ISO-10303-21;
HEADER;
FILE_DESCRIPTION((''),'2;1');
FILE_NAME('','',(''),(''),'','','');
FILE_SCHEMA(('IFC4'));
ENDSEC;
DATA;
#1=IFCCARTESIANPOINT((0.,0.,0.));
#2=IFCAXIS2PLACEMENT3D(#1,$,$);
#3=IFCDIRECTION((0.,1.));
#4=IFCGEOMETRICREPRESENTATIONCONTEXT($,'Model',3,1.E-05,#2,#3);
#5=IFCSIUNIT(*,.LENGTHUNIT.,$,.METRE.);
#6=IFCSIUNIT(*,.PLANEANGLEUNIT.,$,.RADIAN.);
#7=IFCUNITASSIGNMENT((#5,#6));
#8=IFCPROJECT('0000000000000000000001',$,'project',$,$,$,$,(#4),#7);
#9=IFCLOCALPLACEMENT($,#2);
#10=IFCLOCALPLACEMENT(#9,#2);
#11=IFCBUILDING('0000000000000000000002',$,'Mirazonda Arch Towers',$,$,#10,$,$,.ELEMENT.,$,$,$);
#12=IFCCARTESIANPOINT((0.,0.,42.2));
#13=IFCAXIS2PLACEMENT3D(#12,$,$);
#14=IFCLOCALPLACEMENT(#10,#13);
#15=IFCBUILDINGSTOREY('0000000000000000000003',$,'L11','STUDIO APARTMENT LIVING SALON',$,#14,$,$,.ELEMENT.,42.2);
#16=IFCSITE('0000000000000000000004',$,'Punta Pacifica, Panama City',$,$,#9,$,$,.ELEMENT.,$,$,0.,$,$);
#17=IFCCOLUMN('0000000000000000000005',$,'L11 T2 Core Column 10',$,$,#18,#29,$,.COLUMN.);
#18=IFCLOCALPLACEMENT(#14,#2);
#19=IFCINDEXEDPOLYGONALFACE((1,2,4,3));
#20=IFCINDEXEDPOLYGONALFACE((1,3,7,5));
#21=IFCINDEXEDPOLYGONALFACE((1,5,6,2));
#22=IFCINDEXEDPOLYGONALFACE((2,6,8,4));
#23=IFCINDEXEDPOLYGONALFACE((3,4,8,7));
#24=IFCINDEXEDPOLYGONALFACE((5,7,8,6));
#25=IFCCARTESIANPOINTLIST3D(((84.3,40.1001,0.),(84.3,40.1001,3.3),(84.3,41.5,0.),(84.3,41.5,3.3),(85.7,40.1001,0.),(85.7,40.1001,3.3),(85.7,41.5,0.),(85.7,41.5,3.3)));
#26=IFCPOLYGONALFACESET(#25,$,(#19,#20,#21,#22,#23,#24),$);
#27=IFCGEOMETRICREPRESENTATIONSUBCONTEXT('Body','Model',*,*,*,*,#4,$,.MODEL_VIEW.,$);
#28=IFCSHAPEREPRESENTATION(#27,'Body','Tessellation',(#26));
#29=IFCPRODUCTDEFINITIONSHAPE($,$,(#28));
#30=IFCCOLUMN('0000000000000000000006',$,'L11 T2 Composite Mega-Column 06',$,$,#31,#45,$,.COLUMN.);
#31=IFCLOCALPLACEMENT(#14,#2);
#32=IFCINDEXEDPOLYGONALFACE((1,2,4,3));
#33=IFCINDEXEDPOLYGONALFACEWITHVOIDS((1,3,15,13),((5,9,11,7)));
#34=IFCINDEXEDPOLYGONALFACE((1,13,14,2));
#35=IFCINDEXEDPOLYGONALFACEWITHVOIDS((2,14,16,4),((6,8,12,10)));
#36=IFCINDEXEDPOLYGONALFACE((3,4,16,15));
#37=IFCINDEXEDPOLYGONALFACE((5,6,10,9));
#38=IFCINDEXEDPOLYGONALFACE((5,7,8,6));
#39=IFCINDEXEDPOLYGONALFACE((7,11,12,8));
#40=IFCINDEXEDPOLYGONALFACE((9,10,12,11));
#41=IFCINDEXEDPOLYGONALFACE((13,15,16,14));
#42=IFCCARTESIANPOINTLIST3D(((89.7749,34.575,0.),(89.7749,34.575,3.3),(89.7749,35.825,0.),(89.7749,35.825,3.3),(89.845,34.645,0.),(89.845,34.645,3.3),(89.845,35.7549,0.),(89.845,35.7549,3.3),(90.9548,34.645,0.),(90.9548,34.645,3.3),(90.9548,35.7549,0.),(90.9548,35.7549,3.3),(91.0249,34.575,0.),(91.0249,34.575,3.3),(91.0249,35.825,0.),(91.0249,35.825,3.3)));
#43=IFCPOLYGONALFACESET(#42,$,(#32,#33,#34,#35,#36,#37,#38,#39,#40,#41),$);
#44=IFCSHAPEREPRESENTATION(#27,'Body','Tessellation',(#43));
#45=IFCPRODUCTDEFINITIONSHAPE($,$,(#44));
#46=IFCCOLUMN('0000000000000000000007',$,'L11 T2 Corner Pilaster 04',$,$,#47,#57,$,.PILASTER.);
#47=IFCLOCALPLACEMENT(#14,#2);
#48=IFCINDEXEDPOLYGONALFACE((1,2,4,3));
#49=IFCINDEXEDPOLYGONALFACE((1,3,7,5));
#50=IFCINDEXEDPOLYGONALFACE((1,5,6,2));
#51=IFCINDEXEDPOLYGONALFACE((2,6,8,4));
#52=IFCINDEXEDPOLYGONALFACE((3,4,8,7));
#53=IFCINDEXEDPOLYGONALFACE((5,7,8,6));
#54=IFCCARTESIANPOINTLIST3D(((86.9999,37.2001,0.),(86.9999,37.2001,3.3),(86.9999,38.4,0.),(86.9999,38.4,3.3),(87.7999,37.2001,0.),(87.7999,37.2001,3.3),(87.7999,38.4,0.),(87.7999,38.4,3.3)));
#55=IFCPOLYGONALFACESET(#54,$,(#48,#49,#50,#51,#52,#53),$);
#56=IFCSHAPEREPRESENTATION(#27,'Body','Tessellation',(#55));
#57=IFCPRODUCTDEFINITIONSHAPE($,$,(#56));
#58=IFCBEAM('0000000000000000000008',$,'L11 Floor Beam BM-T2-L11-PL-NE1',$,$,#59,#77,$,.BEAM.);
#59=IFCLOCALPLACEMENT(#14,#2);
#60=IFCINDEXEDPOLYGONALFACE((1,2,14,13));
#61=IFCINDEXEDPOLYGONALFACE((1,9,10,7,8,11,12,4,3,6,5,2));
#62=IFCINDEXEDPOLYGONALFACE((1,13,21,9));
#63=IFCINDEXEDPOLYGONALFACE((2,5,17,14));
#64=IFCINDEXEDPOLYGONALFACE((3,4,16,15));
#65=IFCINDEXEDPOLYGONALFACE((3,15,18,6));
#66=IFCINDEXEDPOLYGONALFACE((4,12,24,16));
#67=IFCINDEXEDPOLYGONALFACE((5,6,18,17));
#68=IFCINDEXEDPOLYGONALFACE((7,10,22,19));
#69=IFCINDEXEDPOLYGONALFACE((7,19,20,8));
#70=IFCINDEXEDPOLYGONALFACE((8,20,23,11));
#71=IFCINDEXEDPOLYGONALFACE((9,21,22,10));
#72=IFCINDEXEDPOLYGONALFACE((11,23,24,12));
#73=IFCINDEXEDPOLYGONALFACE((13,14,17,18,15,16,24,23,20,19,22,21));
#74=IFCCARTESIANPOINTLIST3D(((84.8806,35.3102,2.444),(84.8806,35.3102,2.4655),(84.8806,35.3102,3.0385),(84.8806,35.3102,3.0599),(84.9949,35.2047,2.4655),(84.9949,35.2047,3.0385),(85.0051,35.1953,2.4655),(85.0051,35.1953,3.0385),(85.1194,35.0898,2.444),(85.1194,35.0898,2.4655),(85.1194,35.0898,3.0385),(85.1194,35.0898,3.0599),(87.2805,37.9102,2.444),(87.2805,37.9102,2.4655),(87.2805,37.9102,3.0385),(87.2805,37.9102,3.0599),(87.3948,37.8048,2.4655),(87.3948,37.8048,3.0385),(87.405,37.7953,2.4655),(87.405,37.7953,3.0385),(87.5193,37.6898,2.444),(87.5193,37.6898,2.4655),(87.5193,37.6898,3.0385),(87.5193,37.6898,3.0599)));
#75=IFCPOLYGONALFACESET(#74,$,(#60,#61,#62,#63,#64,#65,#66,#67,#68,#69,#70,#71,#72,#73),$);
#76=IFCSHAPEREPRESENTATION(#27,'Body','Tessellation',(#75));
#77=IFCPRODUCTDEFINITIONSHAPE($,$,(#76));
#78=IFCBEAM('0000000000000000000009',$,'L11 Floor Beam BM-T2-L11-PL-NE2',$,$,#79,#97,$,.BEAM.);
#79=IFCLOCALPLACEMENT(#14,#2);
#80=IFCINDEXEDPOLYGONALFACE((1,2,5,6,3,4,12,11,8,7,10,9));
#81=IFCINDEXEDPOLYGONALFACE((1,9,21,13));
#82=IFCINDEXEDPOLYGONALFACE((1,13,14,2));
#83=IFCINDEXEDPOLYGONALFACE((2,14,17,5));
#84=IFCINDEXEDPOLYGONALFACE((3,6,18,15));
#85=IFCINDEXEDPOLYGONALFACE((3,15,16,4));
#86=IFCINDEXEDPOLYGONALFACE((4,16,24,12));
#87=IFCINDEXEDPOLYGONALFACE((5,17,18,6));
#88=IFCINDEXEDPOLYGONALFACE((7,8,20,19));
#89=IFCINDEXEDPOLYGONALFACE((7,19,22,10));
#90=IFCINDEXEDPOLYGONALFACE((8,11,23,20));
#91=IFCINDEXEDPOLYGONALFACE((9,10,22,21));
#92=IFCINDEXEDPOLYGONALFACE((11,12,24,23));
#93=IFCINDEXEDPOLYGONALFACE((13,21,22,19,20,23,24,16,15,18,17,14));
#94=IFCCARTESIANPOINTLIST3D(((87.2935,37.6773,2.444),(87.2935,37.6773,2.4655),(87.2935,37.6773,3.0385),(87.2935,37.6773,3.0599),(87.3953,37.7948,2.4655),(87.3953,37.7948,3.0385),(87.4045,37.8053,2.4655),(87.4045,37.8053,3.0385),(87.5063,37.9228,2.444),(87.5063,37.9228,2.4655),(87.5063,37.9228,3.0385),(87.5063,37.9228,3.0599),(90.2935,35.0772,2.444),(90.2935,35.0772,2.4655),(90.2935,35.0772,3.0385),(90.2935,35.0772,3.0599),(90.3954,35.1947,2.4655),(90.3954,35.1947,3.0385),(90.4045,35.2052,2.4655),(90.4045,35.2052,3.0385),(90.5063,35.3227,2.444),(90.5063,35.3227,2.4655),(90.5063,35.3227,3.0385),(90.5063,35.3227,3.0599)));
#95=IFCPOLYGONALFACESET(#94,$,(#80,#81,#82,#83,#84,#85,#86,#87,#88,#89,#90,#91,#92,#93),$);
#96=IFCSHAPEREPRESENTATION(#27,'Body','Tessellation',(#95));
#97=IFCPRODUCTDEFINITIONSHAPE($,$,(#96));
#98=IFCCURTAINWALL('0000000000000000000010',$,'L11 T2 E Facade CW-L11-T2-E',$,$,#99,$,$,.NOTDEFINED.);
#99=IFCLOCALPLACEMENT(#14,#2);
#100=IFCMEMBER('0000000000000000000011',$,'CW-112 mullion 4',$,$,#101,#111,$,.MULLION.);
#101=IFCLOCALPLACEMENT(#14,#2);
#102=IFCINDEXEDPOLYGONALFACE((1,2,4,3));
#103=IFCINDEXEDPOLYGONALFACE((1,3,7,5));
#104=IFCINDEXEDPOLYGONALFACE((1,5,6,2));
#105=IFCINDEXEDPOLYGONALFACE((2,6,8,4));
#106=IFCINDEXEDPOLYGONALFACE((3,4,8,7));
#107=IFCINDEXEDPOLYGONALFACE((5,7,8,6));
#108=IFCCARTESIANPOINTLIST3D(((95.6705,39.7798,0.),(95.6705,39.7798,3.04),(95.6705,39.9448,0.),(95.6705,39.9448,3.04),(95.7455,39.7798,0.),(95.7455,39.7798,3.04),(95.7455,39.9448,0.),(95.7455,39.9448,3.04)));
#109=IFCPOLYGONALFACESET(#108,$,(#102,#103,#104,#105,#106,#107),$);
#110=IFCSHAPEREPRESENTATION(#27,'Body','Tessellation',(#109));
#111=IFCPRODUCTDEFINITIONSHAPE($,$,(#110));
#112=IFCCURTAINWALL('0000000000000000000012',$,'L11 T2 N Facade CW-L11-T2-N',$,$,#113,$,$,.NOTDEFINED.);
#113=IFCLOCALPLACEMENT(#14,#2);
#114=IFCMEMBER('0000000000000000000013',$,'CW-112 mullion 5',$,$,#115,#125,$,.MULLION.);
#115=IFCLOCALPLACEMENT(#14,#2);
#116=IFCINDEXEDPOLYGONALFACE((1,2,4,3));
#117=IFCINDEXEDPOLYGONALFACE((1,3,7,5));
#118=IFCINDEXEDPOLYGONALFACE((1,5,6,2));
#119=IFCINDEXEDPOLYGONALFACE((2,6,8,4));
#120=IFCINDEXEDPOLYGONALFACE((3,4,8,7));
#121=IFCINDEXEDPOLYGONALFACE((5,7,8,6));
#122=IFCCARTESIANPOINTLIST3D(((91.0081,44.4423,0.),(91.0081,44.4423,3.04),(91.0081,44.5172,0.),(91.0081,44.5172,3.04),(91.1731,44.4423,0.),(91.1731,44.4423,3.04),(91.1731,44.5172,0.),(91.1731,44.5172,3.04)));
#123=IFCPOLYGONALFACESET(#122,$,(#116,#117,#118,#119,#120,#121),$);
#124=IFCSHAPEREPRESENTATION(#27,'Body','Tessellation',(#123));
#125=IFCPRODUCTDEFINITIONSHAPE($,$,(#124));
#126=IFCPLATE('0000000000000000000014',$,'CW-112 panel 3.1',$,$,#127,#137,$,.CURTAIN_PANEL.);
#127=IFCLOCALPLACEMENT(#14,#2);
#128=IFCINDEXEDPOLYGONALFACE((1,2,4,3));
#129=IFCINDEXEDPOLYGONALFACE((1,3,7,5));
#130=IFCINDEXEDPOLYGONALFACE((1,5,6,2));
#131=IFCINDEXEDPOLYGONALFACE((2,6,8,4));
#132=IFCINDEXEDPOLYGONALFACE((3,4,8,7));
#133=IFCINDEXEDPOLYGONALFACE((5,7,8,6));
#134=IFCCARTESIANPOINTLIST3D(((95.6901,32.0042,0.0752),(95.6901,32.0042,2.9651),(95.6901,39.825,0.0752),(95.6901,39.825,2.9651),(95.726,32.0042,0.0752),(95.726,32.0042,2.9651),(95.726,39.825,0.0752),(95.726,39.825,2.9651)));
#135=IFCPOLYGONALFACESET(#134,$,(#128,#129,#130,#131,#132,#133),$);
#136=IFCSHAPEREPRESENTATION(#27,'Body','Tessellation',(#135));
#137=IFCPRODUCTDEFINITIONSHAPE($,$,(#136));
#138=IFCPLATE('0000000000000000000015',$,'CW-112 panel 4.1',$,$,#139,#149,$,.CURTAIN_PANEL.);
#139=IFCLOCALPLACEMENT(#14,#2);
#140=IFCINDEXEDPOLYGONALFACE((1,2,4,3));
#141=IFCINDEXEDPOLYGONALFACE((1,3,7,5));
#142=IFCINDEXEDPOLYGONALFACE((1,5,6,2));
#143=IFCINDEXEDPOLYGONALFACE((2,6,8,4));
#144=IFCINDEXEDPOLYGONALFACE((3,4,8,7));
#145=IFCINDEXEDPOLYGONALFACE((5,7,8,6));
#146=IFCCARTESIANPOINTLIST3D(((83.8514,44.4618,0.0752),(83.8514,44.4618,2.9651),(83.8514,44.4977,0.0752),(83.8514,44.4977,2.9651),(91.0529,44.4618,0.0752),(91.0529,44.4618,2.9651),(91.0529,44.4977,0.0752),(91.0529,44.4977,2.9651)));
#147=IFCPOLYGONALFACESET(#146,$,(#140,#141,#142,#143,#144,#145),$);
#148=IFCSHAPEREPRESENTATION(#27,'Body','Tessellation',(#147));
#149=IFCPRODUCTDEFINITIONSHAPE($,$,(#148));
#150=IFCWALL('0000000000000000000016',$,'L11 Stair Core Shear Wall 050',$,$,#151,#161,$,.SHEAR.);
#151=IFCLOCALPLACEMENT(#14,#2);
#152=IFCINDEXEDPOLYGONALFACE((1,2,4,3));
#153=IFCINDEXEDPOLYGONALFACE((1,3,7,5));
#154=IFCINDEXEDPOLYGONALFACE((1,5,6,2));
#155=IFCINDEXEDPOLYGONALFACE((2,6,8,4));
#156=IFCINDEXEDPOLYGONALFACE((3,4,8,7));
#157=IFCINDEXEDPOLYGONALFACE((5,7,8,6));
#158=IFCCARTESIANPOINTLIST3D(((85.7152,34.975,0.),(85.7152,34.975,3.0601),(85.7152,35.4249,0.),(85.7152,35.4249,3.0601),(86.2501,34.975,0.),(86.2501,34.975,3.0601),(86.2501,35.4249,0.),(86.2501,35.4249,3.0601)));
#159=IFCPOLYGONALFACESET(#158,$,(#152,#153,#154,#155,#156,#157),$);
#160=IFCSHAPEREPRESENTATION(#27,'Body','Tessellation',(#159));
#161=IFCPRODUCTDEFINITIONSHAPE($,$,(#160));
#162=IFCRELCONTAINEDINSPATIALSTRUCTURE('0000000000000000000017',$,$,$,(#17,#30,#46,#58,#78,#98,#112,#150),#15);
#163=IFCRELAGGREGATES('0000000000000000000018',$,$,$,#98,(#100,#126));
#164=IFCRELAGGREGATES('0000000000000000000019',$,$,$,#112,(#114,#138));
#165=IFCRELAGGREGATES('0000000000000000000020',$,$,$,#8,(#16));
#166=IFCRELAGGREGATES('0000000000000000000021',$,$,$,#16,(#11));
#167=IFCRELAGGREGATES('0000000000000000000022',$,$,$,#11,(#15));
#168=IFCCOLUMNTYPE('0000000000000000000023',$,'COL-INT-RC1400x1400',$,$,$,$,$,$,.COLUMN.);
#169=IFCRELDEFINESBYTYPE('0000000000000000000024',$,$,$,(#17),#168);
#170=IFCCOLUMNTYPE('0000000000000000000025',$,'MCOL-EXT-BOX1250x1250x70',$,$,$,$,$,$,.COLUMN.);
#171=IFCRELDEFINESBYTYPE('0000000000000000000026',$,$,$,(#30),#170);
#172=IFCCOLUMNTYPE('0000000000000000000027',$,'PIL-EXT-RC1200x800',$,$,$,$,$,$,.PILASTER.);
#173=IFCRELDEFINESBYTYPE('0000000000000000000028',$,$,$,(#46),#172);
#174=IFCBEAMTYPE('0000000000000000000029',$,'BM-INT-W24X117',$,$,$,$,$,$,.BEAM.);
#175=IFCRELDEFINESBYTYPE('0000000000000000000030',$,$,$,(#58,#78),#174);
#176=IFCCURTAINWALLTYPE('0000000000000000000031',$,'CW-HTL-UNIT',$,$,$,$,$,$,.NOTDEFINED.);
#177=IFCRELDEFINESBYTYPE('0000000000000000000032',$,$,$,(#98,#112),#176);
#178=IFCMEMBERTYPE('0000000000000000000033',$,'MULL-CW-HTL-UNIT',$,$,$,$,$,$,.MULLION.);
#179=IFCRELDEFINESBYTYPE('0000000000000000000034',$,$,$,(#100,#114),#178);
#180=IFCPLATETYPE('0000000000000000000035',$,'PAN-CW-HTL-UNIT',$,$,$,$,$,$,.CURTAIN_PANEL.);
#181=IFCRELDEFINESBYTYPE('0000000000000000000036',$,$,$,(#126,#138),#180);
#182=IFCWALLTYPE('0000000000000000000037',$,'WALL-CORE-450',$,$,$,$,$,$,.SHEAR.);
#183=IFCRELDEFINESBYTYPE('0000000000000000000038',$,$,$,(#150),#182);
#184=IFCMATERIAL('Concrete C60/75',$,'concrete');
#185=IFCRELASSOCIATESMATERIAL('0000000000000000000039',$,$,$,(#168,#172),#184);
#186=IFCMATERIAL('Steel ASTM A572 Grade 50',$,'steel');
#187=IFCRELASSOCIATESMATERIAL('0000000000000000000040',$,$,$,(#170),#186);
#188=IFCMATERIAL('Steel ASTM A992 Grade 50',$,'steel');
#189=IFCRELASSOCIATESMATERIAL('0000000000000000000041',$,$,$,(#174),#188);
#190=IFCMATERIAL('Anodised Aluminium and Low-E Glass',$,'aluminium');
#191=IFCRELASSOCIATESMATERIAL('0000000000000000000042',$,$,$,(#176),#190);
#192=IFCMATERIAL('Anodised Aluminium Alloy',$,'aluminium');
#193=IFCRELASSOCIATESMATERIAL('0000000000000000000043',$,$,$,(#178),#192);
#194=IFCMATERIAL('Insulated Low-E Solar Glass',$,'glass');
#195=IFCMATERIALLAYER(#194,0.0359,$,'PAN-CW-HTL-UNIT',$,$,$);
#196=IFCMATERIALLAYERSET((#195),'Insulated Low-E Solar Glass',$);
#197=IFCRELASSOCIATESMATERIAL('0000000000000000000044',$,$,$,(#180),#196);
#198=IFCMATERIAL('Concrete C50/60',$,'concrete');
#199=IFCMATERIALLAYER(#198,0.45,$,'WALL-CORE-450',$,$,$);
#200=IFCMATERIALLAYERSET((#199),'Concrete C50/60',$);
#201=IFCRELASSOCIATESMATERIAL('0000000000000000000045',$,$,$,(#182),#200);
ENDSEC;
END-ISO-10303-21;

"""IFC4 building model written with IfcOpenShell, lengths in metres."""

from ifc_helpers import new_model, si_unit, direction, frame, frame_2d, origin, origin_2d, place, context, subcontext, project, spatial, rectangle, hollow_rectangle, i_section, extrude, material, layer, layer_set, material_profile, profile_set, type_object, element, aggregate, save


model = new_model("IFC4")

# Units and contexts
model_context = context("Model", 3, precision=1e-05, world=origin(), true_north=direction((0.0, 1.0)))
body_context = subcontext(model_context, "Body", "Model", "MODEL_VIEW")
ifc_project = project(units=[si_unit("LENGTHUNIT", "METRE"), si_unit("PLANEANGLEUNIT", "RADIAN")], contexts=[model_context])

# Site, building, storey
site_placement = place(None, origin())
site = spatial("IfcSite", under=ifc_project, at=site_placement, Name="Punta Pacifica, Panama City", CompositionType="ELEMENT", RefElevation=0.0)
building_placement = place(site_placement, origin())
building = spatial("IfcBuilding", under=site, at=building_placement, Name="Mirazonda Arch Towers", CompositionType="ELEMENT")
storey_placement = place(building_placement, frame((0.0, 0.0, 42.2)))
storey = spatial("IfcBuildingStorey", under=building, at=storey_placement, Name="L11", Description="STUDIO APARTMENT LIVING SALON", CompositionType="ELEMENT", Elevation=42.2)

# Columns
ifc_material_1 = material(Name="Concrete C60/75", Category="concrete")
ifc_material_profile_1 = material_profile(ifc_material_1, rectangle(XDim=1.3999, YDim=1.3999, at=origin_2d()), Name="RC1400x1400")
ifc_profile_set_1 = profile_set([ifc_material_profile_1], Name="Concrete C60/75")
column_type_1 = type_object("IfcColumnType", Name="COL-INT-RC1400x1400", PredefinedType="COLUMN", material=ifc_profile_set_1)
column_1_placement = place(storey_placement, frame((85.0, 40.8, 0.0), z_axis=(0.0, 0.0, 1.0), x_axis=(1.0, 0.0, 0.0)))
element("IfcColumn", 1, at=column_1_placement, inside=storey, type_object=column_type_1, Name="L11 T2 Core Column 10", PredefinedType="COLUMN", context=body_context, shape_type="SweptSolid", body=[
    extrude(rectangle(XDim=1.3999, YDim=1.3999, at=origin_2d()), origin(), (0.0, 0.0, 1.0), 3.3),
])
ifc_material_2 = material(Name="Steel ASTM A572 Grade 50", Category="steel")
ifc_material_profile_2 = material_profile(ifc_material_2, hollow_rectangle(XDim=1.25, YDim=1.25, WallThickness=0.0701, at=origin_2d()), Name="BOX1250x1250x70")
ifc_profile_set_2 = profile_set([ifc_material_profile_2], Name="Steel ASTM A572 Grade 50")
column_type_2 = type_object("IfcColumnType", Name="MCOL-EXT-BOX1250x1250x70", PredefinedType="COLUMN", material=ifc_profile_set_2)
column_2_placement = place(storey_placement, frame((90.3999, 35.2, 0.0), z_axis=(0.0, 0.0, 1.0), x_axis=(1.0, 0.0, 0.0)))
element("IfcColumn", 2, at=column_2_placement, inside=storey, type_object=column_type_2, Name="L11 T2 Composite Mega-Column 06", PredefinedType="COLUMN", context=body_context, shape_type="SweptSolid", body=[
    extrude(hollow_rectangle(XDim=1.25, YDim=1.25, WallThickness=0.0701, at=origin_2d()), origin(), (0.0, 0.0, 1.0), 3.3),
])
ifc_material_profile_3 = material_profile(ifc_material_1, rectangle(XDim=0.8, YDim=1.2, at=origin_2d()), Name="RC1200x800")
ifc_profile_set_3 = profile_set([ifc_material_profile_3], Name="Concrete C60/75")
column_type_3 = type_object("IfcColumnType", Name="PIL-EXT-RC1200x800", PredefinedType="PILASTER", material=ifc_profile_set_3)
column_3_placement = place(storey_placement, frame((87.3999, 37.8, 0.0), z_axis=(0.0, 0.0, 1.0), x_axis=(1.0, 0.0, 0.0)))
element("IfcColumn", 3, at=column_3_placement, inside=storey, type_object=column_type_3, Name="L11 T2 Corner Pilaster 04", PredefinedType="PILASTER", context=body_context, shape_type="SweptSolid", body=[
    extrude(rectangle(XDim=0.8, YDim=1.2, at=origin_2d()), origin(), (0.0, 0.0, 1.0), 3.3),
])

# Beams
ifc_material_3 = material(Name="Steel ASTM A992 Grade 50", Category="steel")
ifc_material_profile_4 = material_profile(ifc_material_3, i_section(OverallWidth=0.325, OverallDepth=0.616, WebThickness=0.0139, FlangeThickness=0.0215, at=origin_2d()), Name="W24X117")
ifc_profile_set_4 = profile_set([ifc_material_profile_4], Name="Steel ASTM A992 Grade 50")
beam_type = type_object("IfcBeamType", Name="BM-INT-W24X117", PredefinedType="BEAM", material=ifc_profile_set_4)
beam_1_placement = place(storey_placement, frame((87.3999, 37.8, 2.752), z_axis=(-0.678251, -0.73483, 0.0), x_axis=(0.73483, -0.678251, 0.0)))
element("IfcBeam", 4, at=beam_1_placement, inside=storey, type_object=beam_type, Name="L11 Floor Beam BM-T2-L11-PL-NE1", PredefinedType="BEAM", context=body_context, shape_type="SweptSolid", body=[
    extrude(i_section(OverallWidth=0.325, OverallDepth=0.616, WebThickness=0.0139, FlangeThickness=0.0215, at=origin_2d()), origin(), (0.0, 0.0, 1.0), 3.5383),
])
beam_2_placement = place(storey_placement, frame((87.3999, 37.8, 2.752), z_axis=(0.755677, -0.654945, 0.0), x_axis=(0.654945, 0.755677, 0.0)))
element("IfcBeam", 5, at=beam_2_placement, inside=storey, type_object=beam_type, Name="L11 Floor Beam BM-T2-L11-PL-NE2", PredefinedType="BEAM", context=body_context, shape_type="SweptSolid", body=[
    extrude(i_section(OverallWidth=0.325, OverallDepth=0.616, WebThickness=0.0139, FlangeThickness=0.0215, at=origin_2d()), origin(), (0.0, 0.0, 1.0), 3.97),
])

# Curtain walls, members
ifc_material_4 = material(Name="Anodised Aluminium and Low-E Glass", Category="aluminium")
curtain_wall_type = type_object("IfcCurtainWallType", Name="CW-HTL-UNIT", PredefinedType="NOTDEFINED", material=ifc_material_4)
curtain_wall_1_placement = place(storey_placement, origin())
curtain_wall_1 = element("IfcCurtainWall", 6, at=curtain_wall_1_placement, inside=storey, type_object=curtain_wall_type, Name="L11 T2 E Facade CW-L11-T2-E", PredefinedType="NOTDEFINED")
ifc_material_5 = material(Name="Anodised Aluminium Alloy", Category="aluminium")
ifc_material_profile_5 = material_profile(ifc_material_5, rectangle(XDim=0.075, YDim=0.165, at=origin_2d()), Name="ALU-MULL-75x165")
ifc_profile_set_5 = profile_set([ifc_material_profile_5], Name="Anodised Aluminium Alloy")
member_type = type_object("IfcMemberType", Name="MULL-CW-HTL-UNIT", PredefinedType="MULLION", material=ifc_profile_set_5)
member_1_placement = place(storey_placement, frame((95.708, 39.8623, 0.0), z_axis=(0.0, 0.0, 1.0), x_axis=(-1.0, 0.0, 0.0)))
member_1 = element("IfcMember", 7, at=member_1_placement, type_object=member_type, Name="CW-112 mullion 4", PredefinedType="MULLION", context=body_context, shape_type="SweptSolid", body=[
    extrude(rectangle(XDim=0.075, YDim=0.165, at=origin_2d()), origin(), (0.0, 0.0, 1.0), 3.04),
])
curtain_wall_2_placement = place(storey_placement, origin())
curtain_wall_2 = element("IfcCurtainWall", 8, at=curtain_wall_2_placement, inside=storey, type_object=curtain_wall_type, Name="L11 T2 N Facade CW-L11-T2-N", PredefinedType="NOTDEFINED")
member_2_placement = place(storey_placement, frame((91.0906, 44.4797, 0.0), z_axis=(0.0, 0.0, 1.0), x_axis=(0.0, 1.0, 0.0)))
member_2 = element("IfcMember", 9, at=member_2_placement, type_object=member_type, Name="CW-112 mullion 5", PredefinedType="MULLION", context=body_context, shape_type="SweptSolid", body=[
    extrude(rectangle(XDim=0.075, YDim=0.165, at=origin_2d()), origin(), (0.0, 0.0, 1.0), 3.04),
])

# Plates
ifc_material_6 = material(Name="Insulated Low-E Solar Glass", Category="glass")
ifc_layer_1 = layer(ifc_material_6, 0.0359, Name="PAN-CW-HTL-UNIT")
ifc_layer_set_1 = layer_set([ifc_layer_1], Name="Insulated Low-E Solar Glass")
plate_type = type_object("IfcPlateType", Name="PAN-CW-HTL-UNIT", PredefinedType="CURTAIN_PANEL", material=ifc_layer_set_1)
plate_1_placement = place(storey_placement, frame((95.708, 35.9146, 0.0752), z_axis=(0.0, 0.0, 1.0), x_axis=(0.0, 1.0, 0.0)))
plate_1 = element("IfcPlate", 10, at=plate_1_placement, type_object=plate_type, Name="CW-112 panel 3.1", PredefinedType="CURTAIN_PANEL", context=body_context, shape_type="SweptSolid", body=[
    extrude(rectangle(XDim=7.8208, YDim=0.0359, at=origin_2d()), origin(), (0.0, 0.0, 1.0), 2.8899),
])
aggregate(curtain_wall_1, [member_1, plate_1])
plate_2_placement = place(storey_placement, frame((87.4521, 44.4797, 0.0752), z_axis=(0.0, 0.0, 1.0), x_axis=(1.0, 0.0, 0.0)))
plate_2 = element("IfcPlate", 11, at=plate_2_placement, type_object=plate_type, Name="CW-112 panel 4.1", PredefinedType="CURTAIN_PANEL", context=body_context, shape_type="SweptSolid", body=[
    extrude(rectangle(XDim=7.2014, YDim=0.0359, at=origin_2d()), origin(), (0.0, 0.0, 1.0), 2.8899),
])
aggregate(curtain_wall_2, [member_2, plate_2])

# Wall
ifc_material_7 = material(Name="Concrete C50/60", Category="concrete")
ifc_layer_2 = layer(ifc_material_7, 0.45, Name="WALL-CORE-450")
ifc_layer_set_2 = layer_set([ifc_layer_2], Name="Concrete C50/60")
wall_type_1 = type_object("IfcWallType", Name="WALL-CORE-450", PredefinedType="SHEAR", material=ifc_layer_set_2)
wall_1_placement = place(storey_placement, frame((85.7151, 35.2, 0.0), z_axis=(0.0, 0.0, 1.0), x_axis=(1.0, 0.0, 0.0)))
element("IfcWall", 12, at=wall_1_placement, inside=storey, type_object=wall_type_1, Name="L11 Stair Core Shear Wall 050", PredefinedType="SHEAR", context=body_context, shape_type="SweptSolid", body=[
    extrude(rectangle(XDim=0.5349, YDim=0.45, at=frame_2d((0.2676, 0.0))), origin(), (0.0, 0.0, 1.0), 3.0601),
])

save(model, "model.ifc")
